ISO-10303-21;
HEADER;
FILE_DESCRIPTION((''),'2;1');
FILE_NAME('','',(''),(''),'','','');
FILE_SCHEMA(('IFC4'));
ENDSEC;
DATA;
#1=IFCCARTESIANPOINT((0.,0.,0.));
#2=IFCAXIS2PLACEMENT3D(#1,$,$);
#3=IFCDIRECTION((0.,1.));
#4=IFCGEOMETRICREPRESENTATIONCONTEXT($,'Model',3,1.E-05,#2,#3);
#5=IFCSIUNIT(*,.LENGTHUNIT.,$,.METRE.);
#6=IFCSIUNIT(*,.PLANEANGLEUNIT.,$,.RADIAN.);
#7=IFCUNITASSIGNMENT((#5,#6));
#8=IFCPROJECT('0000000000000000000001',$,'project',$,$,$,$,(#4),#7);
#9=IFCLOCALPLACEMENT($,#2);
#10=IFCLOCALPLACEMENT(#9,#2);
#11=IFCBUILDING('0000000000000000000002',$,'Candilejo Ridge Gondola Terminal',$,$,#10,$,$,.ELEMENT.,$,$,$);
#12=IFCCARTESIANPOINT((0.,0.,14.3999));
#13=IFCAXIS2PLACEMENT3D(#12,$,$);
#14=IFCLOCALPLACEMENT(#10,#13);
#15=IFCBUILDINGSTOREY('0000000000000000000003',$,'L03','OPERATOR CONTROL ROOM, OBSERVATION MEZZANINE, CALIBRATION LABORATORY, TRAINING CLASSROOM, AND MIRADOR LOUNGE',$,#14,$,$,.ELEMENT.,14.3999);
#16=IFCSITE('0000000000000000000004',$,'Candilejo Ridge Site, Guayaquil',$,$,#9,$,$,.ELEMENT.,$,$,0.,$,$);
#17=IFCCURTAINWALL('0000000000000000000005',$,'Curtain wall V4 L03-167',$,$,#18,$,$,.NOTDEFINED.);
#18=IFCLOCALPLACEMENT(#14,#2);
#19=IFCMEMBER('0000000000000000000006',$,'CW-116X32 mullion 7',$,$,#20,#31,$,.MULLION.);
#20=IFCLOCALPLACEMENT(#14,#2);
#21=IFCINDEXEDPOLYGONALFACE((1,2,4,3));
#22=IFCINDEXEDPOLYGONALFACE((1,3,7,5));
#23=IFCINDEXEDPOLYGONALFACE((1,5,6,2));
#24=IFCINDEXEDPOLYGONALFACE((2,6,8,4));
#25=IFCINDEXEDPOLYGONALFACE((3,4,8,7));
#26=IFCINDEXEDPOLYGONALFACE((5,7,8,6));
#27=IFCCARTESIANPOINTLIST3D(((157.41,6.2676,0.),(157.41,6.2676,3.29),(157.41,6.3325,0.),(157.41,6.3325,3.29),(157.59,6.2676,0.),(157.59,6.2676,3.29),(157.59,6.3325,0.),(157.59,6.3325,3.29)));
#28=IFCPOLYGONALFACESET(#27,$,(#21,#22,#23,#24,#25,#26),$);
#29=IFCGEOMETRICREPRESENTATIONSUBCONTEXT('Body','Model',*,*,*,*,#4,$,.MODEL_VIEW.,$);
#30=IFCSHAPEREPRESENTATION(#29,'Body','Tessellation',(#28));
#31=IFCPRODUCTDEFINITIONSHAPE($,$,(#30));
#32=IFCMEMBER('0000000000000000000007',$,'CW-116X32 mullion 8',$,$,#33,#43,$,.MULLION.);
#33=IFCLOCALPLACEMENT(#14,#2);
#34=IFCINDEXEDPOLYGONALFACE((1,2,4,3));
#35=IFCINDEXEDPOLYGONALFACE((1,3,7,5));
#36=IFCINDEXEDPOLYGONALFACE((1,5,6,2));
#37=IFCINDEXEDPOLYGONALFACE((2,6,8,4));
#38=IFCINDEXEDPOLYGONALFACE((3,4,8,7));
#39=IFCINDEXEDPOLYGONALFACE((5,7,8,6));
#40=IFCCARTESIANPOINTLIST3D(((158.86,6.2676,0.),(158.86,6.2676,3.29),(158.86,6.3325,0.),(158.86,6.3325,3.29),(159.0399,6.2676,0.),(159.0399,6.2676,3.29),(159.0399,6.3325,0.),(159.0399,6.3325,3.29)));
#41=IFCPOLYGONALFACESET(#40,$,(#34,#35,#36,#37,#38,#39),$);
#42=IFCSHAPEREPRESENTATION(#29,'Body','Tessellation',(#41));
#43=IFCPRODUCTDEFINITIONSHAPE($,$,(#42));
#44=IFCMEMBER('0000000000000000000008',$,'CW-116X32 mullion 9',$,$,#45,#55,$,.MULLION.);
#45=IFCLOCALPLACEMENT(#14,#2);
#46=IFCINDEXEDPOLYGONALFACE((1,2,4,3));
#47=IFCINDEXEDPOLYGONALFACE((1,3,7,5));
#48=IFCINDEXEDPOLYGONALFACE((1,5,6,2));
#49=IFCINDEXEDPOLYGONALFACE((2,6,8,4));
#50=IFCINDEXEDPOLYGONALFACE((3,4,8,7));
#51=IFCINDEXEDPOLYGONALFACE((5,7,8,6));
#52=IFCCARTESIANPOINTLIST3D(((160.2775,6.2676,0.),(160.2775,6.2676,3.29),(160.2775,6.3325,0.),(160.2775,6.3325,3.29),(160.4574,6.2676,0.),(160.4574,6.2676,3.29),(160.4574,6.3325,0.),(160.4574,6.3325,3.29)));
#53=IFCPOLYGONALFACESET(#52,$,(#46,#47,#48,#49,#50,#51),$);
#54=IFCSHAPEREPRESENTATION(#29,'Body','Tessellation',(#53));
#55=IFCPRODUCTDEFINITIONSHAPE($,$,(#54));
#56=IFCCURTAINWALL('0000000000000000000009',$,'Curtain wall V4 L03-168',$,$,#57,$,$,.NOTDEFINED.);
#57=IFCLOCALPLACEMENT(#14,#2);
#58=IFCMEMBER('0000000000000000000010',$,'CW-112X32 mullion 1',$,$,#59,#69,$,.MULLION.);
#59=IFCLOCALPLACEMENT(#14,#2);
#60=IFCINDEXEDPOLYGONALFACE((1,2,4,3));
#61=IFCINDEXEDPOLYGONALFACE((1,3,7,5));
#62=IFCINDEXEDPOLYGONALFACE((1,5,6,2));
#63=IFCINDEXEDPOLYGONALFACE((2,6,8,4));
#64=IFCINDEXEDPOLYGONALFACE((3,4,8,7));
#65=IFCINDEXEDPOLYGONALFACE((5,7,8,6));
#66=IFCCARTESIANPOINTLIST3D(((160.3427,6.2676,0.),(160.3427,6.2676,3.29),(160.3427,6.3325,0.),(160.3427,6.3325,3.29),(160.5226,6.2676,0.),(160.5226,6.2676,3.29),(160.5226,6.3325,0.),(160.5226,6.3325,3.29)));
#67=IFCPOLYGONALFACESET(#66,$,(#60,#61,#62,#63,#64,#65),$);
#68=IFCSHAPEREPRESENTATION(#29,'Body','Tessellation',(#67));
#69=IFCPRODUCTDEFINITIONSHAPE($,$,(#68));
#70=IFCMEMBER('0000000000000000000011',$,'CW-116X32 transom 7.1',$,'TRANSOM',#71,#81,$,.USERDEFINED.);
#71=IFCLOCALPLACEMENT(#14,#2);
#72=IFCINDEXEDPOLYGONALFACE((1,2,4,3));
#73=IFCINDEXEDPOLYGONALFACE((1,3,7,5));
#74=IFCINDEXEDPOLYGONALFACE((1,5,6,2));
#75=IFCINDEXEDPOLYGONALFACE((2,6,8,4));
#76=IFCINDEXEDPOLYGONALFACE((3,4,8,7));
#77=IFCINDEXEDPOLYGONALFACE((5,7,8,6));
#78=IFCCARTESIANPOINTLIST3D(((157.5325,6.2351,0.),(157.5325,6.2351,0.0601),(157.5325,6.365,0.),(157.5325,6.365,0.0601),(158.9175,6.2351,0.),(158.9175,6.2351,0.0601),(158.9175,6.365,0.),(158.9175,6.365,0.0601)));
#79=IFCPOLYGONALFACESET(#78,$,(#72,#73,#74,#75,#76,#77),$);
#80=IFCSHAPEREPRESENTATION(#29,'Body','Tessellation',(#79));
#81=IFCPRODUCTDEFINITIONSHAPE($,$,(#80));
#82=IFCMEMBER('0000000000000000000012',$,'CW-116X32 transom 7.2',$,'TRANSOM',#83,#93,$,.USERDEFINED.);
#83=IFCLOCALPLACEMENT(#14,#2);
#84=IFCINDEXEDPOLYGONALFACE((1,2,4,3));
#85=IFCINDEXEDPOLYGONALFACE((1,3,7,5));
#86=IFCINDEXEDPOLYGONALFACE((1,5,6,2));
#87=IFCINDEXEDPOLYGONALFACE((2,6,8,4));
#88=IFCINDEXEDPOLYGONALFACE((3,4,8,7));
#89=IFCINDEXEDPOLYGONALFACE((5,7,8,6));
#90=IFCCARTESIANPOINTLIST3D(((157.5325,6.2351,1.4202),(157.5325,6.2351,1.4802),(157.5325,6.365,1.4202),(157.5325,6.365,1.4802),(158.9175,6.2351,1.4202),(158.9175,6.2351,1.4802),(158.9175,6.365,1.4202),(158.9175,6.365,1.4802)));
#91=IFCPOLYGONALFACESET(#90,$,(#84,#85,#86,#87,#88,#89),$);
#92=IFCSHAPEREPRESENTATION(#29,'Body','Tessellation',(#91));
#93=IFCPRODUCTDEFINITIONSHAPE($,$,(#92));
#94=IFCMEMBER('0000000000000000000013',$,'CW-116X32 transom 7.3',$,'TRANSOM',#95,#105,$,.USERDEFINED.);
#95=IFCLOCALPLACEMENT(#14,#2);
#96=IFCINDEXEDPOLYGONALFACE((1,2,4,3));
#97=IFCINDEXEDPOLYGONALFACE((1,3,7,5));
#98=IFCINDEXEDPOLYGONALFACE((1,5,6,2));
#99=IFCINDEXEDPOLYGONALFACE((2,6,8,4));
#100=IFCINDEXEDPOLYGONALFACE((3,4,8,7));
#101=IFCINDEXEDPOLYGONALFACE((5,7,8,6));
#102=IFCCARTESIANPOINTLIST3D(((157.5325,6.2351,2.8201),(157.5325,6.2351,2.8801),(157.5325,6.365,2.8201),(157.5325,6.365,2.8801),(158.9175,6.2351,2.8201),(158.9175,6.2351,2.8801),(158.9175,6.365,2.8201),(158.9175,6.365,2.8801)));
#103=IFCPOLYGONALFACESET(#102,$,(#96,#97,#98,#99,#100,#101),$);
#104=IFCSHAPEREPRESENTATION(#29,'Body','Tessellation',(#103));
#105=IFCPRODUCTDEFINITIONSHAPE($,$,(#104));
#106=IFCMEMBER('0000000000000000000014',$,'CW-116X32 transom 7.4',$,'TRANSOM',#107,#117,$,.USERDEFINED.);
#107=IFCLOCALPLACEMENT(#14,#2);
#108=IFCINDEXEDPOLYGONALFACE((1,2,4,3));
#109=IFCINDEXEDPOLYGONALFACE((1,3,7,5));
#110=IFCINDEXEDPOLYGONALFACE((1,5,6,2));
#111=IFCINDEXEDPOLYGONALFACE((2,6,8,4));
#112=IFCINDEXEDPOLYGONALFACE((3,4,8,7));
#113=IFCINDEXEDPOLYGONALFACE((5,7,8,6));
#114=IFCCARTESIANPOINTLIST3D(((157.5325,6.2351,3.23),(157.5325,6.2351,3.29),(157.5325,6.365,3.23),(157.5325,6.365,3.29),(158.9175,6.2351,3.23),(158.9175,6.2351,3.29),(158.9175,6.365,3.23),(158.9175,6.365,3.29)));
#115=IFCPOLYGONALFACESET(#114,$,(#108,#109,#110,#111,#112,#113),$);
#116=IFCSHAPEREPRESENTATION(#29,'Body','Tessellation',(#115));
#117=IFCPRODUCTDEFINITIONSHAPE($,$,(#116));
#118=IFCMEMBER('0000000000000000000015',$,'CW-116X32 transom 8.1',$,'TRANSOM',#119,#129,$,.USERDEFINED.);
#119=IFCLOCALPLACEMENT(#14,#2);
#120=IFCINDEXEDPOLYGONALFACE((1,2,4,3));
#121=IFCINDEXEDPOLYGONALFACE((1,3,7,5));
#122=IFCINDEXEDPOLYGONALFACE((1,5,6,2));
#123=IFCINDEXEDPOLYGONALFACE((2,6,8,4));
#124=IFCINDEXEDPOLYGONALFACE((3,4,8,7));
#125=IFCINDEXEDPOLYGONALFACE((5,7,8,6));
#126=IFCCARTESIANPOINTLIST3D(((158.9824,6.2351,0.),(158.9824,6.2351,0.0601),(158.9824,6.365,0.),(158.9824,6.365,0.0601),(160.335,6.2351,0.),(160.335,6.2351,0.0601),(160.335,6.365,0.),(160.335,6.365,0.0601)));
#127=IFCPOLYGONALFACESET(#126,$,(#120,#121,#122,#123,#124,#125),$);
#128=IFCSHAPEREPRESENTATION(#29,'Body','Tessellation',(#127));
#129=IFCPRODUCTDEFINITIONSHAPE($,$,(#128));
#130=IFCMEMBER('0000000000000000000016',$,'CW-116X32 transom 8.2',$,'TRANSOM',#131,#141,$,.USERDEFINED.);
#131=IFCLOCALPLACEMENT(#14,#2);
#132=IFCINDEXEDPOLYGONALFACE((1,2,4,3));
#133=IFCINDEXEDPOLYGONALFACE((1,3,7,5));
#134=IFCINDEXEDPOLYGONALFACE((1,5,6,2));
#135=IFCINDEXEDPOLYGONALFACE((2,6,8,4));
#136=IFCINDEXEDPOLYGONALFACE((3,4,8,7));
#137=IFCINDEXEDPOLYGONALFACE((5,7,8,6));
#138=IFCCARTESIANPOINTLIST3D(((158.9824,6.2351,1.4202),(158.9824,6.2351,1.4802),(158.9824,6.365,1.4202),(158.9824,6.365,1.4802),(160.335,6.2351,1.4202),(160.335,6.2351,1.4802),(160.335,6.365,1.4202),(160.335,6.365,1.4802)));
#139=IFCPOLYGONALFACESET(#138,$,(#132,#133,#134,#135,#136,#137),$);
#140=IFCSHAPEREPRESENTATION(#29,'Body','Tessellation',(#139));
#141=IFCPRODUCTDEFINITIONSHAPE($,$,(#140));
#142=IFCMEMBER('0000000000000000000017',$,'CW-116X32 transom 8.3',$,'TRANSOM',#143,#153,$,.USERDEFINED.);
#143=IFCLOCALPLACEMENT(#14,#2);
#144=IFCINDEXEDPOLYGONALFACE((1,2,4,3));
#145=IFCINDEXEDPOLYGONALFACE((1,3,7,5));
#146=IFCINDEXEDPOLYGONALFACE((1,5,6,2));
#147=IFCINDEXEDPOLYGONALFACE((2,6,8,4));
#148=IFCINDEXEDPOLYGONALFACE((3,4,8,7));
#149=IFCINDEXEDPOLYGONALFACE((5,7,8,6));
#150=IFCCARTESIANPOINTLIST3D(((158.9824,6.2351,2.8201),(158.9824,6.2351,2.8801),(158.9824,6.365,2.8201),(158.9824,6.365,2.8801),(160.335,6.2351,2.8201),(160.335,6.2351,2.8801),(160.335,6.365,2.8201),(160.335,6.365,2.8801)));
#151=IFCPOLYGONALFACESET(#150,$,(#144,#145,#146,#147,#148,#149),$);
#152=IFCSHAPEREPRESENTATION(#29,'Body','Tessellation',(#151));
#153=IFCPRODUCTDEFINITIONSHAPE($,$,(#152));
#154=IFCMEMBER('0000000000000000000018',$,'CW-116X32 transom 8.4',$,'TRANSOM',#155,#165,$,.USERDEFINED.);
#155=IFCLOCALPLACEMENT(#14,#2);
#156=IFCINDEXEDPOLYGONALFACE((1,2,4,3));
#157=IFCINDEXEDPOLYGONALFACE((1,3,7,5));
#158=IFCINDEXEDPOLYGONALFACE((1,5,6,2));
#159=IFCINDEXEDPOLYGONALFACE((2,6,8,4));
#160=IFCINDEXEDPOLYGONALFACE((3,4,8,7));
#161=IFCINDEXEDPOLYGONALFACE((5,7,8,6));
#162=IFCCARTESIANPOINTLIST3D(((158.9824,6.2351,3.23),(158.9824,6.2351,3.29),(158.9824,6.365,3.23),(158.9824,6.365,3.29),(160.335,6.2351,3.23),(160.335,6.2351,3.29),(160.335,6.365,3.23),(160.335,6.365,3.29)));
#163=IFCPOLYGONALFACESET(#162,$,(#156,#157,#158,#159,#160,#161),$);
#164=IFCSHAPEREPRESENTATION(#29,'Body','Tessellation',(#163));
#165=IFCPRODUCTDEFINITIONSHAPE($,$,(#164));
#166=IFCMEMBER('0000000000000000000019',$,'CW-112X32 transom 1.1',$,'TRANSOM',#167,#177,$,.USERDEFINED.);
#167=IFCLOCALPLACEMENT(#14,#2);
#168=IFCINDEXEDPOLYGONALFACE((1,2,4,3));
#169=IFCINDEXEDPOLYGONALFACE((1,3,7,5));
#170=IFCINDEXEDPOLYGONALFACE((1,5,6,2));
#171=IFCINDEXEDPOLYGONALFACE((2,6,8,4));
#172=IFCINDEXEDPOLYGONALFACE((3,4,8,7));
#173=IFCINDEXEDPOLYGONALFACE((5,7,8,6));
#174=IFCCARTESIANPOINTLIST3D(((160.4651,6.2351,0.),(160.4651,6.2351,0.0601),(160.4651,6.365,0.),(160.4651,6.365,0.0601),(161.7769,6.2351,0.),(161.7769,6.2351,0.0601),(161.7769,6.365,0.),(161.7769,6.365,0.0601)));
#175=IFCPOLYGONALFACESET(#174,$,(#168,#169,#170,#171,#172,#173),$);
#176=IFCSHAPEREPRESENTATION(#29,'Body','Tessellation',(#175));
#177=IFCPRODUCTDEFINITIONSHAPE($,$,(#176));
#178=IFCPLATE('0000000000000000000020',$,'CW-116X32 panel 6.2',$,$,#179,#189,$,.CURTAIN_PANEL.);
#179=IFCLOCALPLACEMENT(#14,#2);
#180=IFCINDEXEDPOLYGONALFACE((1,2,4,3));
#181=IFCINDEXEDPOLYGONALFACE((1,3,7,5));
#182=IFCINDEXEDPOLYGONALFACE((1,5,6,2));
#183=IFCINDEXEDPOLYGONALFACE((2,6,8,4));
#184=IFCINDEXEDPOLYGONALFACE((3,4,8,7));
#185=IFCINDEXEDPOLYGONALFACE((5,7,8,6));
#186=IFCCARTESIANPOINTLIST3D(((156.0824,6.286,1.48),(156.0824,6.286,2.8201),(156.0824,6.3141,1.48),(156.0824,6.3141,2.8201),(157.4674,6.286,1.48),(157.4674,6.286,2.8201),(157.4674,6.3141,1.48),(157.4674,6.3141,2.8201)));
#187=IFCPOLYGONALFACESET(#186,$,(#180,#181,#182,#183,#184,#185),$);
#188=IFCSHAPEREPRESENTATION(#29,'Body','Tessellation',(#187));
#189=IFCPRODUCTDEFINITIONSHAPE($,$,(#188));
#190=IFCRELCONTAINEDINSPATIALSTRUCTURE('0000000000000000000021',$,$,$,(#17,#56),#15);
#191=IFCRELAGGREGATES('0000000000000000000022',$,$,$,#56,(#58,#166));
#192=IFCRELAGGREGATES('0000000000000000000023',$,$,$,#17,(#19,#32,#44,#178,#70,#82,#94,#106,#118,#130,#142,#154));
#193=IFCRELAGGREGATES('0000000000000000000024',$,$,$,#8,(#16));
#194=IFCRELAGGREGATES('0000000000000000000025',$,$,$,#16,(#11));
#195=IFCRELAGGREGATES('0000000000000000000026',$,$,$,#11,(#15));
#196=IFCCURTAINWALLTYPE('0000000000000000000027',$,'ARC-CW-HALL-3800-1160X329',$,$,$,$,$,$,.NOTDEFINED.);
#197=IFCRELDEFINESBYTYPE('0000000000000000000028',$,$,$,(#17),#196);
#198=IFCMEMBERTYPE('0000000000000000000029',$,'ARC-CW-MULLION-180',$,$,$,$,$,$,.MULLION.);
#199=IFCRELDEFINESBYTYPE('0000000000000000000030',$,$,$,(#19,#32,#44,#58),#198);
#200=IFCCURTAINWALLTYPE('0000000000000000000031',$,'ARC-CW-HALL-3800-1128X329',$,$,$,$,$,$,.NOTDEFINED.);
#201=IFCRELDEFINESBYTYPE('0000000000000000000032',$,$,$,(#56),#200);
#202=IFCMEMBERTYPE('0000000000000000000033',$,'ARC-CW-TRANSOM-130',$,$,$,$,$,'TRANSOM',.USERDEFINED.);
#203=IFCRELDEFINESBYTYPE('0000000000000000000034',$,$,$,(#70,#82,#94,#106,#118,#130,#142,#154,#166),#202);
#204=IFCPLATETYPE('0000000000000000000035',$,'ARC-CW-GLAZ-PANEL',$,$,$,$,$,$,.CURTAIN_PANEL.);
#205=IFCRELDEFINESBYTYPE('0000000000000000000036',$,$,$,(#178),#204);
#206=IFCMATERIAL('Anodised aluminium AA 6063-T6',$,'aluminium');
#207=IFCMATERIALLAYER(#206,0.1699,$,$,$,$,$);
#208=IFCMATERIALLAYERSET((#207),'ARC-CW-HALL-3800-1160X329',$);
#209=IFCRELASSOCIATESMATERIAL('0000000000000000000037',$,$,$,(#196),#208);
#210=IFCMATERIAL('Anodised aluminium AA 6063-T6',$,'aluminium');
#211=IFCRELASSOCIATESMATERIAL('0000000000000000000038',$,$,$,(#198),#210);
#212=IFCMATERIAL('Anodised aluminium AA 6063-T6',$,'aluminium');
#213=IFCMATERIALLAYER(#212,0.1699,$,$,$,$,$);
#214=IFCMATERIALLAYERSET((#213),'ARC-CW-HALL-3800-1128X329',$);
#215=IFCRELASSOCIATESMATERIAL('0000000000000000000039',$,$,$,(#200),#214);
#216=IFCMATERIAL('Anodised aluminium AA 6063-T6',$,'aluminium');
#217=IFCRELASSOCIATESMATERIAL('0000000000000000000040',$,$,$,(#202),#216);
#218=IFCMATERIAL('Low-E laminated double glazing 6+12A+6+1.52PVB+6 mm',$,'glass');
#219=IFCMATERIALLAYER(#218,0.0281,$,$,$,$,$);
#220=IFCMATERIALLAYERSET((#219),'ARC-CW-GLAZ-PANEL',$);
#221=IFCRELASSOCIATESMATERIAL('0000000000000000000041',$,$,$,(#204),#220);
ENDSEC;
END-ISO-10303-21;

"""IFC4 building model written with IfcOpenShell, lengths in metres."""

from ifc_helpers import new_model, si_unit, direction, frame, origin, origin_2d, place, context, subcontext, project, spatial, rectangle, extrude, material, layer, layer_set, material_profile, profile_set, type_object, element, aggregate, save


model = new_model("IFC4")

# Units and contexts
model_context = context("Model", 3, precision=1e-05, world=origin(), true_north=direction((0.0, 1.0)))
body_context = subcontext(model_context, "Body", "Model", "MODEL_VIEW")
ifc_project = project(units=[si_unit("LENGTHUNIT", "METRE"), si_unit("PLANEANGLEUNIT", "RADIAN")], contexts=[model_context])

# Site, building, storey
site_placement = place(None, origin())
site = spatial("IfcSite", under=ifc_project, at=site_placement, Name="Candilejo Ridge Site, Guayaquil", CompositionType="ELEMENT", RefElevation=0.0)
building_placement = place(site_placement, origin())
building = spatial("IfcBuilding", under=site, at=building_placement, Name="Candilejo Ridge Gondola Terminal", CompositionType="ELEMENT")
storey_placement = place(building_placement, frame((0.0, 0.0, 14.3999)))
storey = spatial("IfcBuildingStorey", under=building, at=storey_placement, Name="L03", Description="OPERATOR CONTROL ROOM, OBSERVATION MEZZANINE, CALIBRATION LABORATORY, TRAINING CLASSROOM, AND MIRADOR LOUNGE", CompositionType="ELEMENT", Elevation=14.3999)

# Curtain wall, members
ifc_material_1 = material(Name="Anodised aluminium AA 6063-T6", Category="aluminium")
ifc_layer_1 = layer(ifc_material_1, 0.1699)
ifc_layer_set_1 = layer_set([ifc_layer_1], Name="ARC-CW-HALL-3800-1160X329")
curtain_wall_type_1 = type_object("IfcCurtainWallType", Name="ARC-CW-HALL-3800-1160X329", PredefinedType="NOTDEFINED", material=ifc_layer_set_1)
curtain_wall_1_placement = place(storey_placement, origin())
curtain_wall_1 = element("IfcCurtainWall", 1, at=curtain_wall_1_placement, inside=storey, type_object=curtain_wall_type_1, Name="Curtain wall V4 L03-167", PredefinedType="NOTDEFINED")
ifc_material_2 = material(Name="Anodised aluminium AA 6063-T6", Category="aluminium")
ifc_material_profile_1 = material_profile(ifc_material_2, rectangle(XDim=0.0649, YDim=0.1799, at=origin_2d()))
ifc_profile_set_1 = profile_set([ifc_material_profile_1], Name="Anodised aluminium AA 6063-T6")
member_type_1 = type_object("IfcMemberType", Name="ARC-CW-MULLION-180", PredefinedType="MULLION", material=ifc_profile_set_1)
member_1_placement = place(storey_placement, frame((157.5, 6.3, 0.0), z_axis=(0.0, 0.0, 1.0), x_axis=(0.0, 1.0, 0.0)))
member_1 = element("IfcMember", 2, at=member_1_placement, type_object=member_type_1, Name="CW-116X32 mullion 7", PredefinedType="MULLION", context=body_context, shape_type="SweptSolid", body=[
    extrude(rectangle(XDim=0.0649, YDim=0.1799, at=origin_2d()), origin(), (0.0, 0.0, 1.0), 3.29),
])
member_2_placement = place(storey_placement, frame((158.95, 6.3, 0.0), z_axis=(0.0, 0.0, 1.0), x_axis=(0.0, 1.0, 0.0)))
member_2 = element("IfcMember", 3, at=member_2_placement, type_object=member_type_1, Name="CW-116X32 mullion 8", PredefinedType="MULLION", context=body_context, shape_type="SweptSolid", body=[
    extrude(rectangle(XDim=0.0649, YDim=0.1799, at=origin_2d()), origin(), (0.0, 0.0, 1.0), 3.29),
])
member_3_placement = place(storey_placement, frame((160.3674, 6.3, 0.0), z_axis=(0.0, 0.0, 1.0), x_axis=(0.0, 1.0, 0.0)))
member_3 = element("IfcMember", 4, at=member_3_placement, type_object=member_type_1, Name="CW-116X32 mullion 9", PredefinedType="MULLION", context=body_context, shape_type="SweptSolid", body=[
    extrude(rectangle(XDim=0.0649, YDim=0.1799, at=origin_2d()), origin(), (0.0, 0.0, 1.0), 3.29),
])

# Curtain wall, member
ifc_material_3 = material(Name="Anodised aluminium AA 6063-T6", Category="aluminium")
ifc_layer_2 = layer(ifc_material_3, 0.1699)
ifc_layer_set_2 = layer_set([ifc_layer_2], Name="ARC-CW-HALL-3800-1128X329")
curtain_wall_type_2 = type_object("IfcCurtainWallType", Name="ARC-CW-HALL-3800-1128X329", PredefinedType="NOTDEFINED", material=ifc_layer_set_2)
curtain_wall_2_placement = place(storey_placement, origin())
curtain_wall_2 = element("IfcCurtainWall", 5, at=curtain_wall_2_placement, inside=storey, type_object=curtain_wall_type_2, Name="Curtain wall V4 L03-168", PredefinedType="NOTDEFINED")
member_4_placement = place(storey_placement, frame((160.4326, 6.3, 0.0), z_axis=(0.0, 0.0, 1.0), x_axis=(0.0, 1.0, 0.0)))
member_4 = element("IfcMember", 6, at=member_4_placement, type_object=member_type_1, Name="CW-112X32 mullion 1", PredefinedType="MULLION", context=body_context, shape_type="SweptSolid", body=[
    extrude(rectangle(XDim=0.0649, YDim=0.1799, at=origin_2d()), origin(), (0.0, 0.0, 1.0), 3.29),
])

# Members
ifc_material_4 = material(Name="Anodised aluminium AA 6063-T6", Category="aluminium")
ifc_material_profile_2 = material_profile(ifc_material_4, rectangle(XDim=0.1299, YDim=0.0601, at=origin_2d()))
ifc_profile_set_2 = profile_set([ifc_material_profile_2], Name="Anodised aluminium AA 6063-T6")
member_type_2 = type_object("IfcMemberType", Name="ARC-CW-TRANSOM-130", ElementType="TRANSOM", PredefinedType="USERDEFINED", material=ifc_profile_set_2)
member_5_placement = place(storey_placement, frame((157.5325, 6.3, 0.03), z_axis=(1.0, 0.0, 0.0), x_axis=(0.0, 1.0, 0.0)))
member_5 = element("IfcMember", 7, at=member_5_placement, type_object=member_type_2, Name="CW-116X32 transom 7.1", ObjectType="TRANSOM", PredefinedType="USERDEFINED", context=body_context, shape_type="SweptSolid", body=[
    extrude(rectangle(XDim=0.1299, YDim=0.0601, at=origin_2d()), origin(), (0.0, 0.0, 1.0), 1.385),
])
member_6_placement = place(storey_placement, frame((157.5325, 6.3, 1.4502), z_axis=(1.0, 0.0, 0.0), x_axis=(0.0, 1.0, 0.0)))
member_6 = element("IfcMember", 8, at=member_6_placement, type_object=member_type_2, Name="CW-116X32 transom 7.2", ObjectType="TRANSOM", PredefinedType="USERDEFINED", context=body_context, shape_type="SweptSolid", body=[
    extrude(rectangle(XDim=0.1299, YDim=0.0601, at=origin_2d()), origin(), (0.0, 0.0, 1.0), 1.385),
])
member_7_placement = place(storey_placement, frame((157.5325, 6.3, 2.8501), z_axis=(1.0, 0.0, 0.0), x_axis=(0.0, 1.0, 0.0)))
member_7 = element("IfcMember", 9, at=member_7_placement, type_object=member_type_2, Name="CW-116X32 transom 7.3", ObjectType="TRANSOM", PredefinedType="USERDEFINED", context=body_context, shape_type="SweptSolid", body=[
    extrude(rectangle(XDim=0.1299, YDim=0.0601, at=origin_2d()), origin(), (0.0, 0.0, 1.0), 1.385),
])
member_8_placement = place(storey_placement, frame((157.5325, 6.3, 3.26), z_axis=(1.0, 0.0, 0.0), x_axis=(0.0, 1.0, 0.0)))
member_8 = element("IfcMember", 10, at=member_8_placement, type_object=member_type_2, Name="CW-116X32 transom 7.4", ObjectType="TRANSOM", PredefinedType="USERDEFINED", context=body_context, shape_type="SweptSolid", body=[
    extrude(rectangle(XDim=0.1299, YDim=0.0601, at=origin_2d()), origin(), (0.0, 0.0, 1.0), 1.385),
])
member_9_placement = place(storey_placement, frame((158.9824, 6.3, 0.03), z_axis=(1.0, 0.0, 0.0), x_axis=(0.0, 1.0, 0.0)))
member_9 = element("IfcMember", 11, at=member_9_placement, type_object=member_type_2, Name="CW-116X32 transom 8.1", ObjectType="TRANSOM", PredefinedType="USERDEFINED", context=body_context, shape_type="SweptSolid", body=[
    extrude(rectangle(XDim=0.1299, YDim=0.0601, at=origin_2d()), origin(), (0.0, 0.0, 1.0), 1.3525),
])
member_10_placement = place(storey_placement, frame((158.9824, 6.3, 1.4502), z_axis=(1.0, 0.0, 0.0), x_axis=(0.0, 1.0, 0.0)))
member_10 = element("IfcMember", 12, at=member_10_placement, type_object=member_type_2, Name="CW-116X32 transom 8.2", ObjectType="TRANSOM", PredefinedType="USERDEFINED", context=body_context, shape_type="SweptSolid", body=[
    extrude(rectangle(XDim=0.1299, YDim=0.0601, at=origin_2d()), origin(), (0.0, 0.0, 1.0), 1.3525),
])
member_11_placement = place(storey_placement, frame((158.9824, 6.3, 2.8501), z_axis=(1.0, 0.0, 0.0), x_axis=(0.0, 1.0, 0.0)))
member_11 = element("IfcMember", 13, at=member_11_placement, type_object=member_type_2, Name="CW-116X32 transom 8.3", ObjectType="TRANSOM", PredefinedType="USERDEFINED", context=body_context, shape_type="SweptSolid", body=[
    extrude(rectangle(XDim=0.1299, YDim=0.0601, at=origin_2d()), origin(), (0.0, 0.0, 1.0), 1.3525),
])
member_12_placement = place(storey_placement, frame((158.9824, 6.3, 3.26), z_axis=(1.0, 0.0, 0.0), x_axis=(0.0, 1.0, 0.0)))
member_12 = element("IfcMember", 14, at=member_12_placement, type_object=member_type_2, Name="CW-116X32 transom 8.4", ObjectType="TRANSOM", PredefinedType="USERDEFINED", context=body_context, shape_type="SweptSolid", body=[
    extrude(rectangle(XDim=0.1299, YDim=0.0601, at=origin_2d()), origin(), (0.0, 0.0, 1.0), 1.3525),
])
member_13_placement = place(storey_placement, frame((160.4651, 6.3, 0.03), z_axis=(1.0, 0.0, 0.0), x_axis=(0.0, 1.0, 0.0)))
member_13 = element("IfcMember", 15, at=member_13_placement, type_object=member_type_2, Name="CW-112X32 transom 1.1", ObjectType="TRANSOM", PredefinedType="USERDEFINED", context=body_context, shape_type="SweptSolid", body=[
    extrude(rectangle(XDim=0.1299, YDim=0.0601, at=origin_2d()), origin(), (0.0, 0.0, 1.0), 1.3118),
])
aggregate(curtain_wall_2, [member_4, member_13])

# Plate
ifc_material_5 = material(Name="Low-E laminated double glazing 6+12A+6+1.52PVB+6 mm", Category="glass")
ifc_layer_3 = layer(ifc_material_5, 0.0281)
ifc_layer_set_3 = layer_set([ifc_layer_3], Name="ARC-CW-GLAZ-PANEL")
plate_type = type_object("IfcPlateType", Name="ARC-CW-GLAZ-PANEL", PredefinedType="CURTAIN_PANEL", material=ifc_layer_set_3)
plate_1_placement = place(storey_placement, frame((156.7749, 6.3, 1.48), z_axis=(0.0, 0.0, 1.0), x_axis=(1.0, 0.0, 0.0)))
plate_1 = element("IfcPlate", 16, at=plate_1_placement, type_object=plate_type, Name="CW-116X32 panel 6.2", PredefinedType="CURTAIN_PANEL", context=body_context, shape_type="SweptSolid", body=[
    extrude(rectangle(XDim=1.385, YDim=0.0281, at=origin_2d()), origin(), (0.0, 0.0, 1.0), 1.3401),
])
aggregate(curtain_wall_1, [member_1, member_2, member_3, plate_1, member_5, member_6, member_7, member_8, member_9, member_10, member_11, member_12])

save(model, "model.ifc")
